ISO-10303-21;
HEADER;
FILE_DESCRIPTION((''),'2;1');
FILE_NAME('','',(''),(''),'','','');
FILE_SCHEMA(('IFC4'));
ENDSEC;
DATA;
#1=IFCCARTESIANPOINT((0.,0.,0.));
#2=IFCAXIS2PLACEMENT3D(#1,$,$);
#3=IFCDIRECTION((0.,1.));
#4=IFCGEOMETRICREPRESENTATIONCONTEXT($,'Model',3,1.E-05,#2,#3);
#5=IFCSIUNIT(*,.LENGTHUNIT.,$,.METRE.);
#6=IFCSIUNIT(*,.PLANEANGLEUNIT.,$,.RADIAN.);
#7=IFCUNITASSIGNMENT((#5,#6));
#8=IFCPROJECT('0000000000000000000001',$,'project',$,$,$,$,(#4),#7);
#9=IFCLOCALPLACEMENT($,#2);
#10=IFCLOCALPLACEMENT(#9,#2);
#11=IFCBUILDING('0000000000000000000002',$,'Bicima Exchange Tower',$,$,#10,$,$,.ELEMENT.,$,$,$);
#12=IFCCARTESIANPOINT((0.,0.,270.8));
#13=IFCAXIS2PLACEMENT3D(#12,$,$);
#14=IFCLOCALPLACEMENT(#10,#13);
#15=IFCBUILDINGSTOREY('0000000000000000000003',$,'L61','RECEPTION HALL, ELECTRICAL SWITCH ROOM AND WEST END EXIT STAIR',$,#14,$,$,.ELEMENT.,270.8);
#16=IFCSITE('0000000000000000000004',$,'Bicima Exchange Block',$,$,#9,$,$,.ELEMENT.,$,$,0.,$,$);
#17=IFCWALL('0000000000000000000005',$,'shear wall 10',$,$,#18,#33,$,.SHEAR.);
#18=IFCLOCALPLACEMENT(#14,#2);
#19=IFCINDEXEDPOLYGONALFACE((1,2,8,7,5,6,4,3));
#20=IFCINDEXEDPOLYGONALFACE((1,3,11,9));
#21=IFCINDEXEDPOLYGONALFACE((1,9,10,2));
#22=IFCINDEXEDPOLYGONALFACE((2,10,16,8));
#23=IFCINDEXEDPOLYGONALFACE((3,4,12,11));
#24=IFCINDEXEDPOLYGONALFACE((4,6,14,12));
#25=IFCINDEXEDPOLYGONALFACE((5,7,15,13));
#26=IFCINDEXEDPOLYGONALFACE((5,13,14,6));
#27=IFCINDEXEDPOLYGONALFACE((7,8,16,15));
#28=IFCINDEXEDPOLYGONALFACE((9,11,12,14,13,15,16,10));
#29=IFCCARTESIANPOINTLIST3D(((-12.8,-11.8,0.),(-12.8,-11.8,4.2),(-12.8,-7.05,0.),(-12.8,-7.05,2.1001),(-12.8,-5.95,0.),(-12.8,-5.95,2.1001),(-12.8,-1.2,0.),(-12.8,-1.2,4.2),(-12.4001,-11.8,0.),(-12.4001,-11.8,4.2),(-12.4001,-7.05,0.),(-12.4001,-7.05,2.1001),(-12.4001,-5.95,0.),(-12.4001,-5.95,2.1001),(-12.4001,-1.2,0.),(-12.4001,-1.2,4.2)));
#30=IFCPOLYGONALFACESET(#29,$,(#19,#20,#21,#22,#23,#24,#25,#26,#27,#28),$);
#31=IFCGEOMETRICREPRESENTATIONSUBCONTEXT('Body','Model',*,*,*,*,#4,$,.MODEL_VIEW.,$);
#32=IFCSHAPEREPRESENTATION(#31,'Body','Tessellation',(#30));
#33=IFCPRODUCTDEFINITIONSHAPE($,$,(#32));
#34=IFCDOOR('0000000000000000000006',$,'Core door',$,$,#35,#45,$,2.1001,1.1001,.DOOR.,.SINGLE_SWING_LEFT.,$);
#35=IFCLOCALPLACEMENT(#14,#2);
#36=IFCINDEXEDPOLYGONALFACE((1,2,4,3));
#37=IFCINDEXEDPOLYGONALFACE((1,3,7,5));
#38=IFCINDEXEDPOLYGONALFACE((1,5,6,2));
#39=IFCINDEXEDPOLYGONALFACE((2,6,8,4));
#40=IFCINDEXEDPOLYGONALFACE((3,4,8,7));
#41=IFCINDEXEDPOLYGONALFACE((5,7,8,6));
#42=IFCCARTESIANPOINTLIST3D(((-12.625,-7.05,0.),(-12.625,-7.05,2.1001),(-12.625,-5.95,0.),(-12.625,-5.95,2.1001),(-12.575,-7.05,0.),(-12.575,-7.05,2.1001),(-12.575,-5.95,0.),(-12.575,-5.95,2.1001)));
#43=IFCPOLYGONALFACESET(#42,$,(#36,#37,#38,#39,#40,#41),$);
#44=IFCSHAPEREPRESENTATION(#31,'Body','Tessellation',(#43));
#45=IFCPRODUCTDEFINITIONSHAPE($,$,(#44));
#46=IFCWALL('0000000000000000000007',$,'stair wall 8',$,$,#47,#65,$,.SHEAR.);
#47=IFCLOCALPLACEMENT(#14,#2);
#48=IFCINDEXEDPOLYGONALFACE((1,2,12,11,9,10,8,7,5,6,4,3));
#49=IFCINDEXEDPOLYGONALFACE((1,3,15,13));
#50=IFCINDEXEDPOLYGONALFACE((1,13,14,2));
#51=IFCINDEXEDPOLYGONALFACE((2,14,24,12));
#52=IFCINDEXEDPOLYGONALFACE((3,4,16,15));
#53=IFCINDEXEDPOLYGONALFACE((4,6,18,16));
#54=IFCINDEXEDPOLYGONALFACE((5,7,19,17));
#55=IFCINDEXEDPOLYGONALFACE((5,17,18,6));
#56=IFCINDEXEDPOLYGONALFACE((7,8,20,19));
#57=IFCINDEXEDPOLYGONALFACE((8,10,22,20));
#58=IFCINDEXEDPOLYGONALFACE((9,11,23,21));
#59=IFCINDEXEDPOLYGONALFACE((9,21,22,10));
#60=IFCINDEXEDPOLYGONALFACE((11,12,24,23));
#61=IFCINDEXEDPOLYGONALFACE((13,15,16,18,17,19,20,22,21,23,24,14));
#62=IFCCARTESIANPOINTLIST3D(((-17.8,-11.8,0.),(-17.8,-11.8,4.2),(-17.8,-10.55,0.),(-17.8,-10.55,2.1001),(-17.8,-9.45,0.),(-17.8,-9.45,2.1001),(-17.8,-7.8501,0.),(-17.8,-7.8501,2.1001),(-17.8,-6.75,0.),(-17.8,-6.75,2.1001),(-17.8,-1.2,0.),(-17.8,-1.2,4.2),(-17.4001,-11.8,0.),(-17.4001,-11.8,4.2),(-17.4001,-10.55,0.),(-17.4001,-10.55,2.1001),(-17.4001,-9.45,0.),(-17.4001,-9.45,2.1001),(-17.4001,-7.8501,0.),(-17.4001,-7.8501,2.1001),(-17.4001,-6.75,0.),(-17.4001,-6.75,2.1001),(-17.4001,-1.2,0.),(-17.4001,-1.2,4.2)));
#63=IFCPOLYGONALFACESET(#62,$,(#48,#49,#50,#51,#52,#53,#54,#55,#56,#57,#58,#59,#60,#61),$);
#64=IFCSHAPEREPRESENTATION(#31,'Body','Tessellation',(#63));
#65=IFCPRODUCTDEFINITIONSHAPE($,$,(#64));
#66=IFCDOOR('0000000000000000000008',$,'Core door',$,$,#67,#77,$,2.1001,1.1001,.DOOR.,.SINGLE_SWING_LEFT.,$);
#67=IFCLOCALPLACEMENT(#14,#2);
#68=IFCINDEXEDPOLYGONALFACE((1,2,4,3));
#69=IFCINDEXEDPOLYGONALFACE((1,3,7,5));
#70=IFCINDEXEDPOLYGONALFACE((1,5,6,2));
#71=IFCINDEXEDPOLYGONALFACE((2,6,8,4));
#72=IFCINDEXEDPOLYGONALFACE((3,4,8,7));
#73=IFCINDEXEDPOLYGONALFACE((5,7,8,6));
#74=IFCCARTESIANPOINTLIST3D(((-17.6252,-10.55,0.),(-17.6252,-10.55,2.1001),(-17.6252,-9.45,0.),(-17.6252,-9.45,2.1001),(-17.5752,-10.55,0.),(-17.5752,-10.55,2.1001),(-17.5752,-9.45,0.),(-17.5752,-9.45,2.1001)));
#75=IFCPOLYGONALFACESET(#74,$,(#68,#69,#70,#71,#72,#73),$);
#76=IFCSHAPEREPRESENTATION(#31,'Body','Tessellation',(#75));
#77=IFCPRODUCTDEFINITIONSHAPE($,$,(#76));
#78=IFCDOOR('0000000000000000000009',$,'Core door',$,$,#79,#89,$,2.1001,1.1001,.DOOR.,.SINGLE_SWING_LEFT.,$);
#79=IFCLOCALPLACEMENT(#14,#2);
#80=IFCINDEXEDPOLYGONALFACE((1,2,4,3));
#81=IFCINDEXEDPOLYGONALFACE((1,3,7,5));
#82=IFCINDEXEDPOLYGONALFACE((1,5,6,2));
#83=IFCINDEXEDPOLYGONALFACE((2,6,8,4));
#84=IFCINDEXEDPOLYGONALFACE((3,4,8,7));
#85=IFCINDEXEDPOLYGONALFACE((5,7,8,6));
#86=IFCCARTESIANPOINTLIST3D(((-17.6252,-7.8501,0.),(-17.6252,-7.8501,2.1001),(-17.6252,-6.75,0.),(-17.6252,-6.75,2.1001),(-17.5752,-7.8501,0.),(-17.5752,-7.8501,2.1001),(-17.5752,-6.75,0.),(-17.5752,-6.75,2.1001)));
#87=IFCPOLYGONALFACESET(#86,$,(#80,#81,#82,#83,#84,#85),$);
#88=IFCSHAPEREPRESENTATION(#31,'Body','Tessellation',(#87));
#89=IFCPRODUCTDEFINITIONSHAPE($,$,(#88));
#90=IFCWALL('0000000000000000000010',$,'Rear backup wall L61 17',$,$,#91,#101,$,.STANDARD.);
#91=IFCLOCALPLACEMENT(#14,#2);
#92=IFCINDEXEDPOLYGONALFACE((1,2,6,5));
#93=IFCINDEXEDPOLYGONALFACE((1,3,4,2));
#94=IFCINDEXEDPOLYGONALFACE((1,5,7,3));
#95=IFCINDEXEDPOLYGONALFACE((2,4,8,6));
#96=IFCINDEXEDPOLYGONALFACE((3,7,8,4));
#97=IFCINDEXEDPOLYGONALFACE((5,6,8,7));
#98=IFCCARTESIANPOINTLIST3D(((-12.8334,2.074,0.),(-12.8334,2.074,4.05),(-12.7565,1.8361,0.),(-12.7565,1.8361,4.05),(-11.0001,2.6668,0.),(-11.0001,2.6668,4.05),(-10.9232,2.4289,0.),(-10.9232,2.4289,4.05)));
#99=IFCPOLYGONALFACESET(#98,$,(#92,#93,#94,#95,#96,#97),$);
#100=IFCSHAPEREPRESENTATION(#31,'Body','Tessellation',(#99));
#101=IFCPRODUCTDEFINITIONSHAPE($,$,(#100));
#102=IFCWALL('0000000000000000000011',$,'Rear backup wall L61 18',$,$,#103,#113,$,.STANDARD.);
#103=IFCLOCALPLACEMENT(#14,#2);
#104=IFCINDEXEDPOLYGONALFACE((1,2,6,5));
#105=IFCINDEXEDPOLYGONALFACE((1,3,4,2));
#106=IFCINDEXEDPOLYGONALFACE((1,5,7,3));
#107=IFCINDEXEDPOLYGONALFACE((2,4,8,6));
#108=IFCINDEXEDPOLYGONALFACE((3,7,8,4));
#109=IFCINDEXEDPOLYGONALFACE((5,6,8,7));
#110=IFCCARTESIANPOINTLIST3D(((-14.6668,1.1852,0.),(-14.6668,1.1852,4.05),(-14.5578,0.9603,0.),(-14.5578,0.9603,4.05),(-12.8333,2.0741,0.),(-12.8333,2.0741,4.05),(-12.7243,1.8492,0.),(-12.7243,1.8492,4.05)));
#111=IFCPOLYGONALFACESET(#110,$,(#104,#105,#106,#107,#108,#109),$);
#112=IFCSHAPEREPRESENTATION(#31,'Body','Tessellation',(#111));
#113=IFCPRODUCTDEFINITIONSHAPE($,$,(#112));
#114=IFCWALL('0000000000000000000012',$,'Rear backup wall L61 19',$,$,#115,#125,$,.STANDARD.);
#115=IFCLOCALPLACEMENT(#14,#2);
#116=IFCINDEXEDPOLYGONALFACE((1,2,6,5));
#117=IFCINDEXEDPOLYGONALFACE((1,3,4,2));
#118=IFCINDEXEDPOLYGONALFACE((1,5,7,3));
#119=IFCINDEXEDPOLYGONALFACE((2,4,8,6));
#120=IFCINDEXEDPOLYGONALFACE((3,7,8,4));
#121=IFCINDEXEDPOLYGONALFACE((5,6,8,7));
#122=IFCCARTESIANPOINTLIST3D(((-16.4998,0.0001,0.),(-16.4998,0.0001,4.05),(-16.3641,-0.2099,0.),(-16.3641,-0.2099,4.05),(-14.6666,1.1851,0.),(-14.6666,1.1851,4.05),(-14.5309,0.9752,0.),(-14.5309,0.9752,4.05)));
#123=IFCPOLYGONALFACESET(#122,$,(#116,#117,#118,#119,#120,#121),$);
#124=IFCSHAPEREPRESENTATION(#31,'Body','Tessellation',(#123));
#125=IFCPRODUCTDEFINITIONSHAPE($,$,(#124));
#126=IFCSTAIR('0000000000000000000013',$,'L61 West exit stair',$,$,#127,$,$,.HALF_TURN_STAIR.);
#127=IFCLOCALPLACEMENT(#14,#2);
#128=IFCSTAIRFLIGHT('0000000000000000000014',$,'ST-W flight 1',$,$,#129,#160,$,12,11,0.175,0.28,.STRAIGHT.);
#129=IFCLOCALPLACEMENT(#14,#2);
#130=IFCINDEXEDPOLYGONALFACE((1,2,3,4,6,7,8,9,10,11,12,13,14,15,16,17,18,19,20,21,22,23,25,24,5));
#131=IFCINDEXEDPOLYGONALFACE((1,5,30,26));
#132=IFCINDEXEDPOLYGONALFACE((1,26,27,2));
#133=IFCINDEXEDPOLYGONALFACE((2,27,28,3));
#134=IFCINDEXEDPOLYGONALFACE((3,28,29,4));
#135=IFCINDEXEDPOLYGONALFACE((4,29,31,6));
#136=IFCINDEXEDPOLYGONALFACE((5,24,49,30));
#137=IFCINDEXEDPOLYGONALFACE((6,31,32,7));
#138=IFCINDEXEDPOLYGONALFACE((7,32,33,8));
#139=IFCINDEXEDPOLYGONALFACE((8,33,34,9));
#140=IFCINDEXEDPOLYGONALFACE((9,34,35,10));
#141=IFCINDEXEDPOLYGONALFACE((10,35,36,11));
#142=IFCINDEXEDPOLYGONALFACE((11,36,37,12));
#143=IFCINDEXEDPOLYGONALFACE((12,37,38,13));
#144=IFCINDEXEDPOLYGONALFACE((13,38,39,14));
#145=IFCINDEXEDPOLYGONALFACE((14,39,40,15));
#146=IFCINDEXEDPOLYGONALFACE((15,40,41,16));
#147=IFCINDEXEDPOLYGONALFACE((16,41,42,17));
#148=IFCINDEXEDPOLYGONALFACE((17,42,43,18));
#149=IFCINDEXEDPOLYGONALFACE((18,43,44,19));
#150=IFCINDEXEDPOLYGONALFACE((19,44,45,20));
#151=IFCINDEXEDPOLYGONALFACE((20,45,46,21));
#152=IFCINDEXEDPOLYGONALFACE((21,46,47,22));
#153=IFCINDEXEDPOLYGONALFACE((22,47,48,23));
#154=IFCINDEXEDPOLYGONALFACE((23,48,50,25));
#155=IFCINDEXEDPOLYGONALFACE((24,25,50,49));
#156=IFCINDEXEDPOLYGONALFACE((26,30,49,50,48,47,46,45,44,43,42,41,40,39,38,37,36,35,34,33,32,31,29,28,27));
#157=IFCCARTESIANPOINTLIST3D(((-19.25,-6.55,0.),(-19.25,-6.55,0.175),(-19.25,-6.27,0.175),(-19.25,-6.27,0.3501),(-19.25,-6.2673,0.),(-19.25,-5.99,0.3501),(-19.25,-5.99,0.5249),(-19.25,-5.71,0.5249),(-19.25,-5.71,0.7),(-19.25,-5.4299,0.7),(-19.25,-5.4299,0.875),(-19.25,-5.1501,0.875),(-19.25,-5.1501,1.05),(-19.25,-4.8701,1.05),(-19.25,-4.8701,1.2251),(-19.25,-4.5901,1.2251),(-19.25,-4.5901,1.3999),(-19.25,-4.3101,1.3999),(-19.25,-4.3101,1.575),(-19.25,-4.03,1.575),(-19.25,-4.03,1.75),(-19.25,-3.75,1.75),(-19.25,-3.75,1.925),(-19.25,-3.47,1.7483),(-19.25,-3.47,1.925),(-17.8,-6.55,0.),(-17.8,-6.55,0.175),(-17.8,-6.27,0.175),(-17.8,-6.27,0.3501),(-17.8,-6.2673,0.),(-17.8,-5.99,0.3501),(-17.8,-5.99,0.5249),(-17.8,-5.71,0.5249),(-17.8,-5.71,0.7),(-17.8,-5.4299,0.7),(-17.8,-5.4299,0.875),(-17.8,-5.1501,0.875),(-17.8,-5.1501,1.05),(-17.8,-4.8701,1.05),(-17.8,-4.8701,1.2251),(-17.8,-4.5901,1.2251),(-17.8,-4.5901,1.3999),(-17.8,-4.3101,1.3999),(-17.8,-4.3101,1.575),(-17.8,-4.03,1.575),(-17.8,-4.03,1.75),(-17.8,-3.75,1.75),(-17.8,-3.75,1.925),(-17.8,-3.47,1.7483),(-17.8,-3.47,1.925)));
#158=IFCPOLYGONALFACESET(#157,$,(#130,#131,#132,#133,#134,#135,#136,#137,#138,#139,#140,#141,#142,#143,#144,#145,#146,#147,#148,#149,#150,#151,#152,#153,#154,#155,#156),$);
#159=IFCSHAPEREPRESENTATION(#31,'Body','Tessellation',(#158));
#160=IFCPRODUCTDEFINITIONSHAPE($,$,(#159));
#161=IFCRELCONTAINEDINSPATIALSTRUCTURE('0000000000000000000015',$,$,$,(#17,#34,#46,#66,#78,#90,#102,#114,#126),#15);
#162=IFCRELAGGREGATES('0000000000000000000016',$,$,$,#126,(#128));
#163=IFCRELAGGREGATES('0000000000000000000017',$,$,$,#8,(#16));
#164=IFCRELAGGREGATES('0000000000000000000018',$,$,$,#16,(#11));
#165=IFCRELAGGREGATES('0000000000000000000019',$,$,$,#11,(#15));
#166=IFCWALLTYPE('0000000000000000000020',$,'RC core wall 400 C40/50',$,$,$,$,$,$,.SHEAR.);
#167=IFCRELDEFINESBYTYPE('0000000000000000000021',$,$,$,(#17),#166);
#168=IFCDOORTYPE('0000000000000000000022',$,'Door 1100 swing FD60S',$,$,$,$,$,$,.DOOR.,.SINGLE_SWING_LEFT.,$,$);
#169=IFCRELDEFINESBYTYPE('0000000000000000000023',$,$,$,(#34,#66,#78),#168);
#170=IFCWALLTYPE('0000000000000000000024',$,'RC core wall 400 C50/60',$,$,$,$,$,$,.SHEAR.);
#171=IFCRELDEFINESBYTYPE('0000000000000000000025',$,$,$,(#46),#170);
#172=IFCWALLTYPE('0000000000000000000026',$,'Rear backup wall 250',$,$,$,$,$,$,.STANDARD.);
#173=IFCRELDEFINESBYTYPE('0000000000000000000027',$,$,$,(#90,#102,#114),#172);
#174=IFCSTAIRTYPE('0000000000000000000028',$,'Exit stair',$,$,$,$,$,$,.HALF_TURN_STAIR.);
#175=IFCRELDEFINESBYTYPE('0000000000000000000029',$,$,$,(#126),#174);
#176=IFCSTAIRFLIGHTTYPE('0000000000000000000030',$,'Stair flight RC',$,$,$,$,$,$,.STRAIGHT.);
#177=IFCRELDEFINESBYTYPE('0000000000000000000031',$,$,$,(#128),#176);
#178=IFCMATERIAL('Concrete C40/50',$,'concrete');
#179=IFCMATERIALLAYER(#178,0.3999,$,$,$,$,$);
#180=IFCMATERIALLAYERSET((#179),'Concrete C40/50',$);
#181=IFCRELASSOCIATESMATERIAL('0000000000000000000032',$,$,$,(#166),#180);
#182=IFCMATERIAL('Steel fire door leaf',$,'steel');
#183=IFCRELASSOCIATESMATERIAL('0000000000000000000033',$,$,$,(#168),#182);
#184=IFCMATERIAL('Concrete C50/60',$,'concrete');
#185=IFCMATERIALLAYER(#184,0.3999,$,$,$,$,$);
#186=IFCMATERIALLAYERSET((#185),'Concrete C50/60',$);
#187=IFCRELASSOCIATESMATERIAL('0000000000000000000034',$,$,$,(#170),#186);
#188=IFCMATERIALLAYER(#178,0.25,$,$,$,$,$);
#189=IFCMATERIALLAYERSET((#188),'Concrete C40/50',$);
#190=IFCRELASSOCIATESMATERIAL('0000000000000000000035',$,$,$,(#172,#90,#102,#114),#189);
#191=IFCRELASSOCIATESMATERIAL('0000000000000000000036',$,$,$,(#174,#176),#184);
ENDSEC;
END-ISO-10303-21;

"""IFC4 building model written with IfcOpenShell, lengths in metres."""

from ifc_helpers import new_model, si_unit, direction, frame, frame_2d, origin, place, context, subcontext, project, spatial, polyline, rectangle, outline, extrude, material, layer, layer_set, layer_usage, type_object, element, fill, aggregate, save


model = new_model("IFC4")

# Units and contexts
model_context = context("Model", 3, precision=1e-05, world=origin(), true_north=direction((0.0, 1.0)))
body_context = subcontext(model_context, "Body", "Model", "MODEL_VIEW")
ifc_project = project(units=[si_unit("LENGTHUNIT", "METRE"), si_unit("PLANEANGLEUNIT", "RADIAN")], contexts=[model_context])

# Site, building, storey
site_placement = place(None, origin())
site = spatial("IfcSite", under=ifc_project, at=site_placement, Name="Bicima Exchange Block", CompositionType="ELEMENT", RefElevation=0.0)
building_placement = place(site_placement, origin())
building = spatial("IfcBuilding", under=site, at=building_placement, Name="Bicima Exchange Tower", CompositionType="ELEMENT")
storey_placement = place(building_placement, frame((0.0, 0.0, 270.8)))
storey = spatial("IfcBuildingStorey", under=building, at=storey_placement, Name="L61", Description="RECEPTION HALL, ELECTRICAL SWITCH ROOM AND WEST END EXIT STAIR", CompositionType="ELEMENT", Elevation=270.8)

# Shared definitions
ifc_material_1 = material(Name="Concrete C40/50", Category="concrete")
ifc_layer_1 = layer(ifc_material_1, 0.3999)
ifc_layer_set_1 = layer_set([ifc_layer_1], Name="Concrete C40/50")
wall_type_1 = type_object("IfcWallType", Name="RC core wall 400 C40/50", PredefinedType="SHEAR", material=ifc_layer_set_1)

# Shared definitions
ifc_material_2 = material(Name="Steel fire door leaf", Category="steel")

# Wall, opening, door
wall_1_placement = place(storey_placement, frame((-12.6001, -11.8, 0.0), z_axis=(0.0, 0.0, 1.0), x_axis=(0.0, 1.0, 0.0)))
wall_1 = element("IfcWall", 1, at=wall_1_placement, inside=storey, type_object=wall_type_1, Name="shear wall 10", PredefinedType="SHEAR", context=body_context, shape_type="SweptSolid", body=[
    extrude(rectangle(XDim=10.6001, YDim=0.3999, at=frame_2d((5.3, 0.0))), origin(), (0.0, 0.0, 1.0), 4.2),
])
opening_1_placement = place(wall_1_placement, frame((4.75, 0.0, 0.0)))
opening_1 = element("IfcOpeningElement", 2, at=opening_1_placement, cuts=wall_1, PredefinedType="OPENING", context=body_context, shape_type="SweptSolid", body=[
    extrude(rectangle(XDim=1.1001, YDim=2.1001, at=frame_2d((0.55, 1.05))), frame((0.0, 0.2119, 0.0), z_axis=(0.0, -1.0, 0.0), x_axis=(1.0, 0.0, 0.0)), (0.0, 0.0, 1.0), 0.4238),
])
door_type_1 = type_object("IfcDoorType", Name="Door 1100 swing FD60S", OperationType="SINGLE_SWING_LEFT", PredefinedType="DOOR", material=ifc_material_2)
door_1_placement = place(opening_1_placement, origin())
door_1 = element("IfcDoor", 3, at=door_1_placement, inside=storey, type_object=door_type_1, Name="Core door", OperationType="SINGLE_SWING_LEFT", OverallHeight=2.1001, OverallWidth=1.1001, PredefinedType="DOOR", context=body_context, shape_type="SweptSolid", body=[
    extrude(rectangle(XDim=1.1001, YDim=2.1001, at=frame_2d((0.55, 1.05))), frame((0.0, 0.0249, 0.0), z_axis=(0.0, -1.0, 0.0), x_axis=(1.0, 0.0, 0.0)), (0.0, 0.0, 1.0), 0.05),
])
fill(opening_1, door_1)

# Wall, openings, doors
ifc_material_3 = material(Name="Concrete C50/60", Category="concrete")
ifc_layer_2 = layer(ifc_material_3, 0.3999)
ifc_layer_set_2 = layer_set([ifc_layer_2], Name="Concrete C50/60")
wall_type_2 = type_object("IfcWallType", Name="RC core wall 400 C50/60", PredefinedType="SHEAR", material=ifc_layer_set_2)
wall_2_placement = place(storey_placement, frame((-17.6001, -11.8, 0.0), z_axis=(0.0, 0.0, 1.0), x_axis=(0.0, 1.0, 0.0)))
wall_2 = element("IfcWall", 4, at=wall_2_placement, inside=storey, type_object=wall_type_2, Name="stair wall 8", PredefinedType="SHEAR", context=body_context, shape_type="SweptSolid", body=[
    extrude(rectangle(XDim=10.6001, YDim=0.3999, at=frame_2d((5.3, 0.0))), origin(), (0.0, 0.0, 1.0), 4.2),
])
opening_2_placement = place(wall_2_placement, frame((1.25, 0.0, 0.0)))
opening_2 = element("IfcOpeningElement", 5, at=opening_2_placement, cuts=wall_2, PredefinedType="OPENING", context=body_context, shape_type="SweptSolid", body=[
    extrude(rectangle(XDim=1.1001, YDim=2.1001, at=frame_2d((0.55, 1.05))), frame((0.0, 0.2119, 0.0), z_axis=(0.0, -1.0, 0.0), x_axis=(1.0, 0.0, 0.0)), (0.0, 0.0, 1.0), 0.4238),
])
opening_3_placement = place(wall_2_placement, frame((3.95, 0.0, 0.0)))
opening_3 = element("IfcOpeningElement", 6, at=opening_3_placement, cuts=wall_2, PredefinedType="OPENING", context=body_context, shape_type="SweptSolid", body=[
    extrude(rectangle(XDim=1.1001, YDim=2.1001, at=frame_2d((0.55, 1.05))), frame((0.0, 0.2119, 0.0), z_axis=(0.0, -1.0, 0.0), x_axis=(1.0, 0.0, 0.0)), (0.0, 0.0, 1.0), 0.4238),
])
door_2_placement = place(opening_2_placement, frame((1.1001, 0.0, 0.0), z_axis=(0.0, 0.0, 1.0), x_axis=(-1.0, 0.0, 0.0)))
door_2 = element("IfcDoor", 7, at=door_2_placement, inside=storey, type_object=door_type_1, Name="Core door", OperationType="SINGLE_SWING_LEFT", OverallHeight=2.1001, OverallWidth=1.1001, PredefinedType="DOOR", context=body_context, shape_type="SweptSolid", body=[
    extrude(rectangle(XDim=1.1001, YDim=2.1001, at=frame_2d((0.55, 1.05))), frame((0.0, 0.0249, 0.0), z_axis=(0.0, -1.0, 0.0), x_axis=(1.0, 0.0, 0.0)), (0.0, 0.0, 1.0), 0.05),
])
fill(opening_2, door_2)
door_3_placement = place(opening_3_placement, frame((1.1001, 0.0, 0.0), z_axis=(0.0, 0.0, 1.0), x_axis=(-1.0, 0.0, 0.0)))
door_3 = element("IfcDoor", 8, at=door_3_placement, inside=storey, type_object=door_type_1, Name="Core door", OperationType="SINGLE_SWING_LEFT", OverallHeight=2.1001, OverallWidth=1.1001, PredefinedType="DOOR", context=body_context, shape_type="SweptSolid", body=[
    extrude(rectangle(XDim=1.1001, YDim=2.1001, at=frame_2d((0.55, 1.05))), frame((0.0, 0.0249, 0.0), z_axis=(0.0, -1.0, 0.0), x_axis=(1.0, 0.0, 0.0)), (0.0, 0.0, 1.0), 0.05),
])
fill(opening_3, door_3)

# Walls
ifc_layer_3 = layer(ifc_material_1, 0.25)
ifc_layer_set_3 = layer_set([ifc_layer_3], Name="Concrete C40/50")
ifc_layer_usage = layer_usage(ifc_layer_set_3, "AXIS2", "POSITIVE", -0.125)
wall_type_3 = type_object("IfcWallType", Name="Rear backup wall 250", PredefinedType="STANDARD", material=ifc_layer_set_3)
wall_3_placement = place(storey_placement, frame((-10.9617, 2.5479, 0.0), z_axis=(0.0, 0.0, 1.0), x_axis=(-0.951496, -0.307662, 0.0)))
element("IfcWall", 9, at=wall_3_placement, inside=storey, type_object=wall_type_3, material=ifc_layer_usage, Name="Rear backup wall L61 17", PredefinedType="STANDARD", context=body_context, shape_type="SweptSolid", body=[
    extrude(rectangle(XDim=1.9268, YDim=0.25, at=frame_2d((0.9634, 0.0))), origin(), (0.0, 0.0, 1.0), 4.05),
])
wall_4_placement = place(storey_placement, frame((-12.7788, 1.9617, 0.0), z_axis=(0.0, 0.0, 1.0), x_axis=(-0.899824, -0.436253, 0.0)))
element("IfcWall", 10, at=wall_4_placement, inside=storey, type_object=wall_type_3, material=ifc_layer_usage, Name="Rear backup wall L61 18", PredefinedType="STANDARD", context=body_context, shape_type="SweptSolid", body=[
    extrude(rectangle(XDim=2.0376, YDim=0.25, at=frame_2d((1.0188, 0.0))), origin(), (0.0, 0.0, 1.0), 4.05),
])
wall_5_placement = place(storey_placement, frame((-14.5989, 1.0801, 0.0), z_axis=(0.0, 0.0, 1.0), x_axis=(-0.839813, -0.542876, 0.0)))
element("IfcWall", 11, at=wall_5_placement, inside=storey, type_object=wall_type_3, material=ifc_layer_usage, Name="Rear backup wall L61 19", PredefinedType="STANDARD", context=body_context, shape_type="SweptSolid", body=[
    extrude(rectangle(XDim=2.1829, YDim=0.25, at=frame_2d((1.0913, 0.0))), origin(), (0.0, 0.0, 1.0), 4.05),
])

# Stair, stair flight
stair_type = type_object("IfcStairType", Name="Exit stair", PredefinedType="HALF_TURN_STAIR", material=ifc_material_3)
stair_placement = place(storey_placement, origin())
stair = element("IfcStair", 12, at=stair_placement, inside=storey, type_object=stair_type, Name="L61 West exit stair", PredefinedType="HALF_TURN_STAIR")
stair_flight_type = type_object("IfcStairFlightType", Name="Stair flight RC", PredefinedType="STRAIGHT", material=ifc_material_3)
stair_flight_1_placement = place(storey_placement, frame((-18.5249, -6.55, 0.0), z_axis=(0.0, 0.0, 1.0), x_axis=(0.0, 1.0, 0.0)))
stair_flight_1 = element("IfcStairFlight", 13, at=stair_flight_1_placement, type_object=stair_flight_type, Name="ST-W flight 1", NumberOfRisers=12, NumberOfTreads=11, PredefinedType="STRAIGHT", RiserHeight=0.175, TreadLength=0.28, context=body_context, shape_type="SweptSolid", body=[
    extrude(outline(polyline([(0.0, 0.0), (0.0, 0.175), (0.28, 0.175), (0.28, 0.3501), (0.5601, 0.3501), (0.5601, 0.5249), (0.8401, 0.5249), (0.8401, 0.7), (1.1201, 0.7), (1.1201, 0.875), (1.3999, 0.875), (1.3999, 1.05), (1.6799, 1.05), (1.6799, 1.2251), (1.96, 1.2251), (1.96, 1.3999), (2.24, 1.3999), (2.24, 1.575), (2.52, 1.575), (2.52, 1.75), (2.8, 1.75), (2.8, 1.925), (3.0801, 1.925), (3.0801, 2.1001), (3.0801, 1.7483), (0.2827, 0.0), (0.0, 0.0)])), frame((0.0, 0.7251, 0.0), z_axis=(0.0, -1.0, 0.0), x_axis=(1.0, 0.0, 0.0)), (0.0, 0.0, 1.0), 1.45),
])
aggregate(stair, [stair_flight_1])

save(model, "model.ifc")
